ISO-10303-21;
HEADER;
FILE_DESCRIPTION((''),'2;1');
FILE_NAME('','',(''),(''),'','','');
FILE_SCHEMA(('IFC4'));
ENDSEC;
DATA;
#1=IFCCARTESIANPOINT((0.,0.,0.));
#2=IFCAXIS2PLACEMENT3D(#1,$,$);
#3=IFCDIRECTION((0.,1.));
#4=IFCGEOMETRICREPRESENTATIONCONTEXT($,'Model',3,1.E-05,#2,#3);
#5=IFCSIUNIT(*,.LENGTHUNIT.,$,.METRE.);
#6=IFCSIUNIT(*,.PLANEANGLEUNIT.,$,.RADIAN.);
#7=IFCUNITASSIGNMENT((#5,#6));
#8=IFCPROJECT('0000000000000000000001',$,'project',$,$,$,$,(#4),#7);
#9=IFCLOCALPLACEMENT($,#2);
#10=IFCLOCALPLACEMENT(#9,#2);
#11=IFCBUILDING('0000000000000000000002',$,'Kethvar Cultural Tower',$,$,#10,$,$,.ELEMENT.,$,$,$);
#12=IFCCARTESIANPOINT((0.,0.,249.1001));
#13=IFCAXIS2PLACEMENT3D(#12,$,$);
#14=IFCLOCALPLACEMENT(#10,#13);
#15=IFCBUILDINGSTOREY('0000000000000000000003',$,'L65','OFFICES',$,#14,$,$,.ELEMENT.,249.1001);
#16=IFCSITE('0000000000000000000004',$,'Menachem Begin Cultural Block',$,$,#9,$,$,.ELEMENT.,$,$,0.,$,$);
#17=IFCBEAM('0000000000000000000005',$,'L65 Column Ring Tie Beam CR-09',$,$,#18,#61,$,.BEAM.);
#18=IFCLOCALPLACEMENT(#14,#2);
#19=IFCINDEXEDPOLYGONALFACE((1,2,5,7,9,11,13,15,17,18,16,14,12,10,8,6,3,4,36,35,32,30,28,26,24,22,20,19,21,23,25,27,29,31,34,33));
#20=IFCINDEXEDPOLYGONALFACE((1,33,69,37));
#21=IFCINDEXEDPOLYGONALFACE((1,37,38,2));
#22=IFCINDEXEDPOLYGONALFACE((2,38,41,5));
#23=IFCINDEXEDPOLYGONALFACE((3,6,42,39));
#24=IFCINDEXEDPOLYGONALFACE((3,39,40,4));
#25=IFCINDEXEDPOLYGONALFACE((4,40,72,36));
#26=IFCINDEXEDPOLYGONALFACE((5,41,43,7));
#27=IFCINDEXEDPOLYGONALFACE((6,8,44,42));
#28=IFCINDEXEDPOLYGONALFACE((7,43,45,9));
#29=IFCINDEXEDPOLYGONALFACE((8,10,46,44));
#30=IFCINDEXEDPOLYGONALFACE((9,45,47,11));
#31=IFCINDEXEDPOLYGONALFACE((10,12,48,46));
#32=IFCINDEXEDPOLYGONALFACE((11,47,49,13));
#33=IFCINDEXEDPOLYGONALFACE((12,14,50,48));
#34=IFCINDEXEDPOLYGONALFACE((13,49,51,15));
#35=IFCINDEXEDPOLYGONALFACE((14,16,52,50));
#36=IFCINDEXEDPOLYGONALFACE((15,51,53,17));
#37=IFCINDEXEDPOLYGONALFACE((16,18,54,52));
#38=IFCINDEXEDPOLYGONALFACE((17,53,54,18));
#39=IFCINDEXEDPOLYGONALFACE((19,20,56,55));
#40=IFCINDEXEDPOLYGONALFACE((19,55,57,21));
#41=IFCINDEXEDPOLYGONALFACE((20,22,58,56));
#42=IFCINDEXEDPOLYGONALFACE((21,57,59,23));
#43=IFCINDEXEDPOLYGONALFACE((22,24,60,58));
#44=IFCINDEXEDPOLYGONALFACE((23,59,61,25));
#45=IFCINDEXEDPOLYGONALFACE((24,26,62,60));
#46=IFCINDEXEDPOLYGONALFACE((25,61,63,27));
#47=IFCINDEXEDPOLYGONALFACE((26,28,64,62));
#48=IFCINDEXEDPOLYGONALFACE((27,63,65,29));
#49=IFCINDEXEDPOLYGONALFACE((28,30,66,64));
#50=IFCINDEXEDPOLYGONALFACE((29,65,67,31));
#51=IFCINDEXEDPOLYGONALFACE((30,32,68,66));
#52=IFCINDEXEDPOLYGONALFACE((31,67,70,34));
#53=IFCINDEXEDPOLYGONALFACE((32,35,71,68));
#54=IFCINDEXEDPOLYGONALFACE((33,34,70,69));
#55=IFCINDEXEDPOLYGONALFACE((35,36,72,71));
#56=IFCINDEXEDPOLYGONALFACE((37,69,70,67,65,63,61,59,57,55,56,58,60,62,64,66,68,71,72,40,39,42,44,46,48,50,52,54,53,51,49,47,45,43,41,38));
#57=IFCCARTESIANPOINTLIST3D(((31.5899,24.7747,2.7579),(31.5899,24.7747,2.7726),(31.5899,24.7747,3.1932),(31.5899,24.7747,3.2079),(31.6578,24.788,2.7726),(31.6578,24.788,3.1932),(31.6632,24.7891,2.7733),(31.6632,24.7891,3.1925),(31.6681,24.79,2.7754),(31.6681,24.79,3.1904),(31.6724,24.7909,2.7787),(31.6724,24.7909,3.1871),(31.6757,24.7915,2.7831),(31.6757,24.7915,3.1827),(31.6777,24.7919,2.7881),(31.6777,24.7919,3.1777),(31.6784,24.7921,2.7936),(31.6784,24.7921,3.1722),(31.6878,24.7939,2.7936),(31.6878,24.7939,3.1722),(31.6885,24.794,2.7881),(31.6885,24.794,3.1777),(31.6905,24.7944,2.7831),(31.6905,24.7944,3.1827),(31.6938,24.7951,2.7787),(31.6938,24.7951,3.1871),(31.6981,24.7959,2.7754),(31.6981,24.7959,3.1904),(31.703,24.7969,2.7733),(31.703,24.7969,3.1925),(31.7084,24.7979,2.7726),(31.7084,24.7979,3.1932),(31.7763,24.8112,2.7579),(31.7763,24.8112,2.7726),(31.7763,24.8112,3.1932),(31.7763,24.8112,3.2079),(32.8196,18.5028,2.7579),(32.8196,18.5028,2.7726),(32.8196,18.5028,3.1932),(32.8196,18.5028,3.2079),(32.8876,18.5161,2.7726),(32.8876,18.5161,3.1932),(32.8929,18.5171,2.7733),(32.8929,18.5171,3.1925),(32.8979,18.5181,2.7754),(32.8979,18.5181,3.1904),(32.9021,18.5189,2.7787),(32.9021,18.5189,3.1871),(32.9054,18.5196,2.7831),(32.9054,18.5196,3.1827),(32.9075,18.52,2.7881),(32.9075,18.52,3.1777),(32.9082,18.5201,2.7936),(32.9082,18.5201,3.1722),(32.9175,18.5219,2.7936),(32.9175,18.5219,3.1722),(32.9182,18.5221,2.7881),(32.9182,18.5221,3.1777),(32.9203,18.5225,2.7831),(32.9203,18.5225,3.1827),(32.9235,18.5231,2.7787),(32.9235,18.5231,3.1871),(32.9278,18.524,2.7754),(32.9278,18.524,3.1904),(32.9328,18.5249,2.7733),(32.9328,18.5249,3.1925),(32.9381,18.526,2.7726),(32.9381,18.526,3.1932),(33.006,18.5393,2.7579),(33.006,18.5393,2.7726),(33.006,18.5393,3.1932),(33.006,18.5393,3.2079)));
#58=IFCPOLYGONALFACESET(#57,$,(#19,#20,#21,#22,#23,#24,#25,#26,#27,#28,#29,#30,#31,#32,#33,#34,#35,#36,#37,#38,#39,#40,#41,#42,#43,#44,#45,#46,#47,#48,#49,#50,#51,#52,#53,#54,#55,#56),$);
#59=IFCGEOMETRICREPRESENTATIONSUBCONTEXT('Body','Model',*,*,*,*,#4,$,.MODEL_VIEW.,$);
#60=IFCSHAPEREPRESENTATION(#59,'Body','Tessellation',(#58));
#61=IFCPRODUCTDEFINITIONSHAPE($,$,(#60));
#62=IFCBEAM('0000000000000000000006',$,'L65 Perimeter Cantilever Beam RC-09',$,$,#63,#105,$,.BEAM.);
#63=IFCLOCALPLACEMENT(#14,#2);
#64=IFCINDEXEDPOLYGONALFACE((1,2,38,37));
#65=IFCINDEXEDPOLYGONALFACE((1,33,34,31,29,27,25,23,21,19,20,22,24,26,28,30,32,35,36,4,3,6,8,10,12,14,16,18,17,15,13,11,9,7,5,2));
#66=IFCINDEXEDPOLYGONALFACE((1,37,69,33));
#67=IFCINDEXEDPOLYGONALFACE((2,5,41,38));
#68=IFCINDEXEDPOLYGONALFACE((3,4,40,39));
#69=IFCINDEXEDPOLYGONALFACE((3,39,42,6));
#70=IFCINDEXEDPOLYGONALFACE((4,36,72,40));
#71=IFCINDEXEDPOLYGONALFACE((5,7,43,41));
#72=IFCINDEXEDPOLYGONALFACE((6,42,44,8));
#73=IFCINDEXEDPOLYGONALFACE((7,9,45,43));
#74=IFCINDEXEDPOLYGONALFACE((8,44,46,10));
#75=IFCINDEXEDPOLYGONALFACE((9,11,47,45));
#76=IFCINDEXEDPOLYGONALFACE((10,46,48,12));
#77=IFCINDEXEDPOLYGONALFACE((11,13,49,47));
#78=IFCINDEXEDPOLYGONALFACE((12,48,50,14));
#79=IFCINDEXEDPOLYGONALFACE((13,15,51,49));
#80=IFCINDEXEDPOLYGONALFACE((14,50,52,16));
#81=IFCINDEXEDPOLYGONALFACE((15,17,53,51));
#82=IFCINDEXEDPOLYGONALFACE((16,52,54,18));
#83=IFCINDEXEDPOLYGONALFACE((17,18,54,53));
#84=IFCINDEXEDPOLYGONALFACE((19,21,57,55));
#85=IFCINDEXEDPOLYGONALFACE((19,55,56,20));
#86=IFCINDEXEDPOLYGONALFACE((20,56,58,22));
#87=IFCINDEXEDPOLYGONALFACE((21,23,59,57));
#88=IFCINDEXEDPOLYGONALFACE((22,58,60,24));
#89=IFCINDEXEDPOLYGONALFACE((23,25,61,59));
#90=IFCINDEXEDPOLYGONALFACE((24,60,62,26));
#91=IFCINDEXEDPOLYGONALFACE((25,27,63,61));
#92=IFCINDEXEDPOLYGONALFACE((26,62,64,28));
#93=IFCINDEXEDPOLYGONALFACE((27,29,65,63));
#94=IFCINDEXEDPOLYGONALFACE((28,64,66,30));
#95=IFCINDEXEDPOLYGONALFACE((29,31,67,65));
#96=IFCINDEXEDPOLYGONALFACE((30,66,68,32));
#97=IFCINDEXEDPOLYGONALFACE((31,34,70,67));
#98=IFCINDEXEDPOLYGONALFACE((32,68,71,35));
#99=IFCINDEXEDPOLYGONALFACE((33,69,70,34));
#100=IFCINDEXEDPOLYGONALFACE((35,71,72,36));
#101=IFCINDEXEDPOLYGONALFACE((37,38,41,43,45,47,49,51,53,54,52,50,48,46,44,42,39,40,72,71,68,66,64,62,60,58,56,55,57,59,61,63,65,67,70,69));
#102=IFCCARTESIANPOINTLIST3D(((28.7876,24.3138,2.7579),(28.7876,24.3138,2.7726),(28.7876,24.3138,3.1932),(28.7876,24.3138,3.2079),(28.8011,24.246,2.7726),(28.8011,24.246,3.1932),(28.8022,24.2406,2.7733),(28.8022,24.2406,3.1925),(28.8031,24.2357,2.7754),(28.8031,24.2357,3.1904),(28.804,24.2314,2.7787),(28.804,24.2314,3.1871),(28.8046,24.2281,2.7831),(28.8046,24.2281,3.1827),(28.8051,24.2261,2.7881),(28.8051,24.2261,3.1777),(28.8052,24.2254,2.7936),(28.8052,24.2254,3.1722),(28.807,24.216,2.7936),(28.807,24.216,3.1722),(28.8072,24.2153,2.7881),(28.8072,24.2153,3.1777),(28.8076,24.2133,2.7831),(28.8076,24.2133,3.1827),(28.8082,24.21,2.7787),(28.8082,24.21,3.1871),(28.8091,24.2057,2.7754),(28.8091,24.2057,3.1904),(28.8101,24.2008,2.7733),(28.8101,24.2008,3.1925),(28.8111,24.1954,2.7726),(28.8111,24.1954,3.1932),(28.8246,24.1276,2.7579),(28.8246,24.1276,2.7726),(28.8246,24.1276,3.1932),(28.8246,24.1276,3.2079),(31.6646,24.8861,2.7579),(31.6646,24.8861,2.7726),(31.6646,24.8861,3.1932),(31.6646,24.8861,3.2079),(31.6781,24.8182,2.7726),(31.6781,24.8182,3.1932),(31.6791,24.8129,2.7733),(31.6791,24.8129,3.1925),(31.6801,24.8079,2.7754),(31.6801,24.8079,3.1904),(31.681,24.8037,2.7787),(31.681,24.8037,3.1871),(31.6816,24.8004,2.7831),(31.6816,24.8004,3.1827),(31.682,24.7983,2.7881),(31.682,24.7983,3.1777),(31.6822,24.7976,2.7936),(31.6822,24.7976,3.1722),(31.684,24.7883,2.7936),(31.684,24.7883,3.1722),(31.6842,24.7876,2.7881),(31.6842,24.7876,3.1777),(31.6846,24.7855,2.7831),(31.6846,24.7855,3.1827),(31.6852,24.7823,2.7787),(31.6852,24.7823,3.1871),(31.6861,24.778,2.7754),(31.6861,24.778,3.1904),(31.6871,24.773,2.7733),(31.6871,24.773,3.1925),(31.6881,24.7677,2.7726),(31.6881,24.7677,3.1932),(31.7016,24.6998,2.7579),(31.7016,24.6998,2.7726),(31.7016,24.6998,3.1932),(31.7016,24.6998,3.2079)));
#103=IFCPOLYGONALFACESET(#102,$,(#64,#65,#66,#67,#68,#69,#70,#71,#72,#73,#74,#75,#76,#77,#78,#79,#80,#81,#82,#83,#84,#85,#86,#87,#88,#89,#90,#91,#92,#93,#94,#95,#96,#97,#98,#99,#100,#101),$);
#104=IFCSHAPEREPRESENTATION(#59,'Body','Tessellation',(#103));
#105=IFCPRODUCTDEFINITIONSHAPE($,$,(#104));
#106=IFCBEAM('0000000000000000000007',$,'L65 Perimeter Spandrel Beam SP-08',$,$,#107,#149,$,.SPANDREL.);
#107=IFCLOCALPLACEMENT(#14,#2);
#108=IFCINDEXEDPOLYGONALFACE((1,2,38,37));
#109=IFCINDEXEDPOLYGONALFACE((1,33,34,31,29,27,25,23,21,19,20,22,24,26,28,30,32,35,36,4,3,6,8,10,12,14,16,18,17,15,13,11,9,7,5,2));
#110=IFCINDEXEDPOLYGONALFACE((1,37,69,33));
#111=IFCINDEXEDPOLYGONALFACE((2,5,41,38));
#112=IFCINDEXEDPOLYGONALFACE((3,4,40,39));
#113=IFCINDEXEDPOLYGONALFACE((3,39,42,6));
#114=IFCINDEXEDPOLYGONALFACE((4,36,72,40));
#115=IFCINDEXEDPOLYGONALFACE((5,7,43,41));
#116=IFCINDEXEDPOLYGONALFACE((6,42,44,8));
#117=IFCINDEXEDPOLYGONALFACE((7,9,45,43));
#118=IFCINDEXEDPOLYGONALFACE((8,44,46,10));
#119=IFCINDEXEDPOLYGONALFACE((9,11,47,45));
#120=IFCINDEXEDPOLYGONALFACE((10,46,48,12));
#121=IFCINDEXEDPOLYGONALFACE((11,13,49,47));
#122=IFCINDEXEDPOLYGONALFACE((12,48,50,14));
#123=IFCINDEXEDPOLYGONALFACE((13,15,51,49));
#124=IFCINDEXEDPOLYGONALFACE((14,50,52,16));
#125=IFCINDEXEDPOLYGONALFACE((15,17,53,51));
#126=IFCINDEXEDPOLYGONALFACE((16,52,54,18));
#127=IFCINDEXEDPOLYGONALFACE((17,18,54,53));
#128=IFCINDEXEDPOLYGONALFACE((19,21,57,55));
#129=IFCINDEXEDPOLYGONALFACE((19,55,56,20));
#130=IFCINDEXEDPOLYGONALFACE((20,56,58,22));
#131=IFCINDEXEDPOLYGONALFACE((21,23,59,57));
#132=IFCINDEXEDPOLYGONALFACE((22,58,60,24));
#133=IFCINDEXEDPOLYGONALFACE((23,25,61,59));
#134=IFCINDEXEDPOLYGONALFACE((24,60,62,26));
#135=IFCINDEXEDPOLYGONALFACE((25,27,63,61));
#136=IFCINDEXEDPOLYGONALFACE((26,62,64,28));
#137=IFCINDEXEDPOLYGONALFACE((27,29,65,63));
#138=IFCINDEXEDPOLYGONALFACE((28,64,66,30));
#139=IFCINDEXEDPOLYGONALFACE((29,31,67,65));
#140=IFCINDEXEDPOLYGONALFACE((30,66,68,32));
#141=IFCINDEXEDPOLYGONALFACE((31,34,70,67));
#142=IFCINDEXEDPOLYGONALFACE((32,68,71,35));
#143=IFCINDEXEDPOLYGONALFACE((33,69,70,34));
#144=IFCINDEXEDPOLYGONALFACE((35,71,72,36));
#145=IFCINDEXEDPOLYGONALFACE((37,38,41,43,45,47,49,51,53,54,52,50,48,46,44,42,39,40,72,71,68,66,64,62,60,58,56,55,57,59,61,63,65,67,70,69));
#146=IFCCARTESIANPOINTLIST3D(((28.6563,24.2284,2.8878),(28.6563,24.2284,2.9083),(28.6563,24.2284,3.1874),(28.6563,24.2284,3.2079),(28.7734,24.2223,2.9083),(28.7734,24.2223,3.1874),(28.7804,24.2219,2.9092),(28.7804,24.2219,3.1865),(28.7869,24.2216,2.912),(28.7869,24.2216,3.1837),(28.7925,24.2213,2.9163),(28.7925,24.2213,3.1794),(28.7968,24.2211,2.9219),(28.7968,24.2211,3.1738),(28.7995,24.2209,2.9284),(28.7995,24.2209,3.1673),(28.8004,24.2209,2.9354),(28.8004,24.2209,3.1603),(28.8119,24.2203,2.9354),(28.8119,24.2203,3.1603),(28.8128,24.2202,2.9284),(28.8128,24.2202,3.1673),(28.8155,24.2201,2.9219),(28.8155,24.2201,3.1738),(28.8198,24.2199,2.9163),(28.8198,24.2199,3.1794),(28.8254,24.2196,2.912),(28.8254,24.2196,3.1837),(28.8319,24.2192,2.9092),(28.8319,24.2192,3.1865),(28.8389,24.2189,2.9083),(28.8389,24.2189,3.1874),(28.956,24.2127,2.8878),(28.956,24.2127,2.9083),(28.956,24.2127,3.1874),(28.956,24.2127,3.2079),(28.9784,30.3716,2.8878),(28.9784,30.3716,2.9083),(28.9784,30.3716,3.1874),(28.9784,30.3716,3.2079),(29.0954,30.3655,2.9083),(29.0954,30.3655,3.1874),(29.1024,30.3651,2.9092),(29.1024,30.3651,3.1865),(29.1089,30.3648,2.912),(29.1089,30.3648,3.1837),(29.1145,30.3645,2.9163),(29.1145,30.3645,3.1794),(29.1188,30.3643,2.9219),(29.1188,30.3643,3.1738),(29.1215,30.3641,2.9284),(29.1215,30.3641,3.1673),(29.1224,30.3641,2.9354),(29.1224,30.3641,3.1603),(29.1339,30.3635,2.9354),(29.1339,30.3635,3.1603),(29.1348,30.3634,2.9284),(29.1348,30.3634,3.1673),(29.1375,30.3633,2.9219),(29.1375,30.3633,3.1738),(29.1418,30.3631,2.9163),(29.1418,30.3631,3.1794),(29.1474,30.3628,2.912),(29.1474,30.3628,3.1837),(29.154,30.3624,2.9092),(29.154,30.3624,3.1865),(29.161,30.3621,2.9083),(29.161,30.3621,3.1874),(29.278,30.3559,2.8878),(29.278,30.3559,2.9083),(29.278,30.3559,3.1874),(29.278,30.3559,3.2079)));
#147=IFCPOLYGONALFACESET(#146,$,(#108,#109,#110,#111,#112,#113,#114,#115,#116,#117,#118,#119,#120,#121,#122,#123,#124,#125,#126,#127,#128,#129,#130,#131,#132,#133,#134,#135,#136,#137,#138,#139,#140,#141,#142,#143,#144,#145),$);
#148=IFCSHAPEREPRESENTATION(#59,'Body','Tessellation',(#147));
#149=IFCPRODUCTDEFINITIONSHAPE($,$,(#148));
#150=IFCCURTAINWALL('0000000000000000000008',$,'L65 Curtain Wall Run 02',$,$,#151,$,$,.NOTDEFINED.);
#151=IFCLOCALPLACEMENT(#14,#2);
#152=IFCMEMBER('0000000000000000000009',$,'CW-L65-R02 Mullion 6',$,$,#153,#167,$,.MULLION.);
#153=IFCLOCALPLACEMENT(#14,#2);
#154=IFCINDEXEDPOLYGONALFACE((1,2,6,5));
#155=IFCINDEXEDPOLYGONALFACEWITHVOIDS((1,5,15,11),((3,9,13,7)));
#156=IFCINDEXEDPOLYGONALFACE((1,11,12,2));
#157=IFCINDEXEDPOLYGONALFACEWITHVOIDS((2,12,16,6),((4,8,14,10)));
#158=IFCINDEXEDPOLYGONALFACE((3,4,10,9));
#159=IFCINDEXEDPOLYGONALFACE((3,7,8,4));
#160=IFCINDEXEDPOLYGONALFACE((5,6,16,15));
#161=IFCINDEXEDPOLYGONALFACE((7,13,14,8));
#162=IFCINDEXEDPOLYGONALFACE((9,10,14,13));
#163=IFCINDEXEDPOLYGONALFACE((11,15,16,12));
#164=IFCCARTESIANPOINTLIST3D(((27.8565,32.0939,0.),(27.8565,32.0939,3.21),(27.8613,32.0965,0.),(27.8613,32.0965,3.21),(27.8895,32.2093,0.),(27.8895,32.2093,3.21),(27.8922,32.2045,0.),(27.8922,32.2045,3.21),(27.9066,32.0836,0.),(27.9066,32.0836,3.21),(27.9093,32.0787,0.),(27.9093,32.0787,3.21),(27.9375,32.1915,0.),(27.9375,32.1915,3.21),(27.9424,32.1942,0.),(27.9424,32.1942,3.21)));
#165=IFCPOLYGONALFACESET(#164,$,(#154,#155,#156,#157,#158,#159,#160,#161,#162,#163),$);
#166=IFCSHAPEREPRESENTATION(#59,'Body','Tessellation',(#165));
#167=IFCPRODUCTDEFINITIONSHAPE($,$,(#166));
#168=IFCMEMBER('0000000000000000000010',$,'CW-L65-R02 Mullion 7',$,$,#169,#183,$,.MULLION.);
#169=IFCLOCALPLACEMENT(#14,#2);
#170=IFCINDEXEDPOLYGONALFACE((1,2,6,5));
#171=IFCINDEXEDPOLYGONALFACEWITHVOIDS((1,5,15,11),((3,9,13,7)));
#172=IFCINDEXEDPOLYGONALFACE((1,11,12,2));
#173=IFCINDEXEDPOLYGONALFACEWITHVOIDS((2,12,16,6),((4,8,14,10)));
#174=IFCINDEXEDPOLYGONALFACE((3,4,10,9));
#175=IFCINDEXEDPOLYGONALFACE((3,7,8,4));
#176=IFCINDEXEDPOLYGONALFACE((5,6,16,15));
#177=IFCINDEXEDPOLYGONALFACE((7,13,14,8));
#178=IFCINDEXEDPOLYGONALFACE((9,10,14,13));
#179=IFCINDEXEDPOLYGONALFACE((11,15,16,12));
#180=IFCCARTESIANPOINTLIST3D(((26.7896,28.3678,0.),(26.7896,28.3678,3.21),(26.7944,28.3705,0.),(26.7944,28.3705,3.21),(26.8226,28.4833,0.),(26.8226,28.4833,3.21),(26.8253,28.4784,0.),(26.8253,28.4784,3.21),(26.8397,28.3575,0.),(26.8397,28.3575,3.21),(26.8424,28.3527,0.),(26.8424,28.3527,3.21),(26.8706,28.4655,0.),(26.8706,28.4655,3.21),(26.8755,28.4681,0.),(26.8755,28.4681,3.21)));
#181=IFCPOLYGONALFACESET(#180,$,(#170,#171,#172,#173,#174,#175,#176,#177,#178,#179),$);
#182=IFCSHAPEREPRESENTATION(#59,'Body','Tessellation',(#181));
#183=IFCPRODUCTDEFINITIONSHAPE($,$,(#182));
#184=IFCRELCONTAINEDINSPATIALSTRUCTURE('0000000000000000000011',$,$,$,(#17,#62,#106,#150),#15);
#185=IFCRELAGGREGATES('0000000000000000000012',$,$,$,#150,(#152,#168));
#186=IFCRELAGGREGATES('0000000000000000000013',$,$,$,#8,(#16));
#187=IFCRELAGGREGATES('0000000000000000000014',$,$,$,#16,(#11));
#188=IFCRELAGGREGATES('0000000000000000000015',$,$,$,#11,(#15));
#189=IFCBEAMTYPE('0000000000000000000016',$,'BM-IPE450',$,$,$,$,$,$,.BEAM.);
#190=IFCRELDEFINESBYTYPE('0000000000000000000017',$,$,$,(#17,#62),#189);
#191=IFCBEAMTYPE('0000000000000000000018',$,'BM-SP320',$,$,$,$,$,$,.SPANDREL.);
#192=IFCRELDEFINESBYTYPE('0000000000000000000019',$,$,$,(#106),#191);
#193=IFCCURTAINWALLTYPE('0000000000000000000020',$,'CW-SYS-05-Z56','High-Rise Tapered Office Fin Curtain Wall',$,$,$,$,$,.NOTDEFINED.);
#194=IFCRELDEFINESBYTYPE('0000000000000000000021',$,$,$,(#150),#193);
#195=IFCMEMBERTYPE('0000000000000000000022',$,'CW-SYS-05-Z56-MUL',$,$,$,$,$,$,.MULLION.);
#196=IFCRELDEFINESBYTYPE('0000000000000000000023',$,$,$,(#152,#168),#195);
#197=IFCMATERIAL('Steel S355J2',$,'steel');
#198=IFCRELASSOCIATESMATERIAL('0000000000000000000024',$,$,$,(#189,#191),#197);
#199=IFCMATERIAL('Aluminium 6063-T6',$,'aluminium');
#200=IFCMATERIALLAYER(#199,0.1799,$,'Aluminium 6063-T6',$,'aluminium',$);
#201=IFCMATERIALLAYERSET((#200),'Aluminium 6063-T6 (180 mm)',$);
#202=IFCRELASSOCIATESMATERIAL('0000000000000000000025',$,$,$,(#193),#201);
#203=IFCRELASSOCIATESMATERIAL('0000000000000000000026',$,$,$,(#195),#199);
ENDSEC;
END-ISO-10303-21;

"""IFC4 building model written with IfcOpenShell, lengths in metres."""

from ifc_helpers import new_model, si_unit, direction, frame, origin, origin_2d, place, context, subcontext, project, spatial, hollow_rectangle, i_section, extrude, source, transform, mapped, material, layer, layer_set, material_profile, profile_set, type_object, element, aggregate, save


model = new_model("IFC4")

# Units and contexts
model_context = context("Model", 3, precision=1e-05, world=origin(), true_north=direction((0.0, 1.0)))
body_context = subcontext(model_context, "Body", "Model", "MODEL_VIEW")
ifc_project = project(units=[si_unit("LENGTHUNIT", "METRE"), si_unit("PLANEANGLEUNIT", "RADIAN")], contexts=[model_context])

# Site, building, storey
site_placement = place(None, origin())
site = spatial("IfcSite", under=ifc_project, at=site_placement, Name="Menachem Begin Cultural Block", CompositionType="ELEMENT", RefElevation=0.0)
building_placement = place(site_placement, origin())
building = spatial("IfcBuilding", under=site, at=building_placement, Name="Kethvar Cultural Tower", CompositionType="ELEMENT")
storey_placement = place(building_placement, frame((0.0, 0.0, 249.1001)))
storey = spatial("IfcBuildingStorey", under=building, at=storey_placement, Name="L65", Description="OFFICES", CompositionType="ELEMENT", Elevation=249.1001)

# Beams
ifc_material_1 = material(Name="Steel S355J2", Category="steel")
ifc_material_profile_1 = material_profile(ifc_material_1, i_section(OverallWidth=0.1899, OverallDepth=0.45, WebThickness=0.0095, FlangeThickness=0.0146, FilletRadius=0.021, at=origin_2d()), Name="Steel S355J2 — IPE450")
ifc_profile_set_1 = profile_set([ifc_material_profile_1], Name="Steel S355J2 — IPE450")
beam_type_1 = type_object("IfcBeamType", Name="BM-IPE450", PredefinedType="BEAM", material=ifc_profile_set_1)
shared_shape_1 = source(origin(), body_context, "Body", "SweptSolid", [
    extrude(i_section(OverallWidth=0.1899, OverallDepth=0.45, WebThickness=0.0095, FlangeThickness=0.0146, FilletRadius=0.021, at=origin_2d()), origin(), (0.0, 0.0, 1.0), 6.3914),
])
beam_1_placement = place(storey_placement, frame((31.6831, 24.793, 2.9829), z_axis=(0.192405, -0.981316, 0.0), x_axis=(0.981316, 0.192405, 0.0)))
element("IfcBeam", 1, at=beam_1_placement, inside=storey, type_object=beam_type_1, Name="L65 Column Ring Tie Beam CR-09", PredefinedType="BEAM", context=body_context, shape_type="MappedRepresentation", body=[
    mapped(shared_shape_1, transform((0.0, 0.0, 0.0), scale=1.0)),
])
shared_shape_2 = source(origin(), body_context, "Body", "SweptSolid", [
    extrude(i_section(OverallWidth=0.1899, OverallDepth=0.45, WebThickness=0.0095, FlangeThickness=0.0146, FilletRadius=0.021, at=origin_2d()), origin(), (0.0, 0.0, 1.0), 2.9333),
])
beam_2_placement = place(storey_placement, frame((31.6831, 24.793, 2.9829), z_axis=(-0.980785, -0.195092, 0.0), x_axis=(0.195092, -0.980785, 0.0)))
element("IfcBeam", 2, at=beam_2_placement, inside=storey, type_object=beam_type_1, Name="L65 Perimeter Cantilever Beam RC-09", PredefinedType="BEAM", context=body_context, shape_type="MappedRepresentation", body=[
    mapped(shared_shape_2, transform((0.0, 0.0, 0.0), scale=1.0)),
])
ifc_material_profile_2 = material_profile(ifc_material_1, i_section(OverallWidth=0.3, OverallDepth=0.3201, WebThickness=0.0115, FlangeThickness=0.0205, FilletRadius=0.0271, at=origin_2d()), Name="Steel S355J2 — HEB320")
ifc_profile_set_2 = profile_set([ifc_material_profile_2], Name="Steel S355J2 — HEB320")
beam_type_2 = type_object("IfcBeamType", Name="BM-SP320", PredefinedType="SPANDREL", material=ifc_profile_set_2)
shared_shape_3 = source(origin(), body_context, "Body", "SweptSolid", [
    extrude(i_section(OverallWidth=0.3, OverallDepth=0.3201, WebThickness=0.0115, FlangeThickness=0.0205, FilletRadius=0.0271, at=origin_2d()), origin(), (0.0, 0.0, 1.0), 6.1516),
])
beam_3_placement = place(storey_placement, frame((29.1282, 30.3638, 3.0479), z_axis=(-0.052348, -0.998629, 0.0), x_axis=(0.998629, -0.052348, 0.0)))
element("IfcBeam", 3, at=beam_3_placement, inside=storey, type_object=beam_type_2, Name="L65 Perimeter Spandrel Beam SP-08", PredefinedType="SPANDREL", context=body_context, shape_type="MappedRepresentation", body=[
    mapped(shared_shape_3, transform((0.0, 0.0, 0.0), scale=1.0)),
])

# Curtain wall, members
ifc_material_2 = material(Name="Aluminium 6063-T6", Category="aluminium")
ifc_layer_1 = layer(ifc_material_2, 0.1799, Name="Aluminium 6063-T6", Category="aluminium")
ifc_layer_set_1 = layer_set([ifc_layer_1], Name="Aluminium 6063-T6 (180 mm)")
curtain_wall_type = type_object("IfcCurtainWallType", Name="CW-SYS-05-Z56", Description="High-Rise Tapered Office Fin Curtain Wall", PredefinedType="NOTDEFINED", material=ifc_layer_set_1)
curtain_wall_1_placement = place(storey_placement, origin())
curtain_wall_1 = element("IfcCurtainWall", 4, at=curtain_wall_1_placement, inside=storey, type_object=curtain_wall_type, Name="L65 Curtain Wall Run 02", PredefinedType="NOTDEFINED")
ifc_material_profile_3 = material_profile(ifc_material_2, hollow_rectangle(XDim=0.0549, YDim=0.1201, WallThickness=0.0039, at=origin_2d()), Name="Aluminium 6063-T6 — RHS120x55x4")
ifc_profile_set_3 = profile_set([ifc_material_profile_3], Name="Aluminium 6063-T6 — RHS120x55x4")
member_type_1 = type_object("IfcMemberType", Name="CW-SYS-05-Z56-MUL", PredefinedType="MULLION", material=ifc_profile_set_3)
shared_shape_4 = source(origin(), body_context, "Body", "SweptSolid", [
    extrude(hollow_rectangle(XDim=0.0549, YDim=0.1201, WallThickness=0.0039, at=origin_2d()), origin(), (0.0, 0.0, 1.0), 3.21),
])
member_1_placement = place(storey_placement, frame((27.8994, 32.144, 0.0), z_axis=(0.0, 0.0, 1.0), x_axis=(0.961363, -0.275285, 0.0)))
member_1 = element("IfcMember", 5, at=member_1_placement, type_object=member_type_1, Name="CW-L65-R02 Mullion 6", PredefinedType="MULLION", context=body_context, shape_type="MappedRepresentation", body=[
    mapped(shared_shape_4, transform((0.0, 0.0, 0.0), scale=1.0)),
])
member_2_placement = place(storey_placement, frame((26.8325, 28.418, 0.0), z_axis=(0.0, 0.0, 1.0), x_axis=(0.961363, -0.275285, 0.0)))
member_2 = element("IfcMember", 6, at=member_2_placement, type_object=member_type_1, Name="CW-L65-R02 Mullion 7", PredefinedType="MULLION", context=body_context, shape_type="MappedRepresentation", body=[
    mapped(shared_shape_4, transform((0.0, 0.0, 0.0), scale=1.0)),
])

aggregate(curtain_wall_1, [member_1, member_2])

save(model, "model.ifc")
